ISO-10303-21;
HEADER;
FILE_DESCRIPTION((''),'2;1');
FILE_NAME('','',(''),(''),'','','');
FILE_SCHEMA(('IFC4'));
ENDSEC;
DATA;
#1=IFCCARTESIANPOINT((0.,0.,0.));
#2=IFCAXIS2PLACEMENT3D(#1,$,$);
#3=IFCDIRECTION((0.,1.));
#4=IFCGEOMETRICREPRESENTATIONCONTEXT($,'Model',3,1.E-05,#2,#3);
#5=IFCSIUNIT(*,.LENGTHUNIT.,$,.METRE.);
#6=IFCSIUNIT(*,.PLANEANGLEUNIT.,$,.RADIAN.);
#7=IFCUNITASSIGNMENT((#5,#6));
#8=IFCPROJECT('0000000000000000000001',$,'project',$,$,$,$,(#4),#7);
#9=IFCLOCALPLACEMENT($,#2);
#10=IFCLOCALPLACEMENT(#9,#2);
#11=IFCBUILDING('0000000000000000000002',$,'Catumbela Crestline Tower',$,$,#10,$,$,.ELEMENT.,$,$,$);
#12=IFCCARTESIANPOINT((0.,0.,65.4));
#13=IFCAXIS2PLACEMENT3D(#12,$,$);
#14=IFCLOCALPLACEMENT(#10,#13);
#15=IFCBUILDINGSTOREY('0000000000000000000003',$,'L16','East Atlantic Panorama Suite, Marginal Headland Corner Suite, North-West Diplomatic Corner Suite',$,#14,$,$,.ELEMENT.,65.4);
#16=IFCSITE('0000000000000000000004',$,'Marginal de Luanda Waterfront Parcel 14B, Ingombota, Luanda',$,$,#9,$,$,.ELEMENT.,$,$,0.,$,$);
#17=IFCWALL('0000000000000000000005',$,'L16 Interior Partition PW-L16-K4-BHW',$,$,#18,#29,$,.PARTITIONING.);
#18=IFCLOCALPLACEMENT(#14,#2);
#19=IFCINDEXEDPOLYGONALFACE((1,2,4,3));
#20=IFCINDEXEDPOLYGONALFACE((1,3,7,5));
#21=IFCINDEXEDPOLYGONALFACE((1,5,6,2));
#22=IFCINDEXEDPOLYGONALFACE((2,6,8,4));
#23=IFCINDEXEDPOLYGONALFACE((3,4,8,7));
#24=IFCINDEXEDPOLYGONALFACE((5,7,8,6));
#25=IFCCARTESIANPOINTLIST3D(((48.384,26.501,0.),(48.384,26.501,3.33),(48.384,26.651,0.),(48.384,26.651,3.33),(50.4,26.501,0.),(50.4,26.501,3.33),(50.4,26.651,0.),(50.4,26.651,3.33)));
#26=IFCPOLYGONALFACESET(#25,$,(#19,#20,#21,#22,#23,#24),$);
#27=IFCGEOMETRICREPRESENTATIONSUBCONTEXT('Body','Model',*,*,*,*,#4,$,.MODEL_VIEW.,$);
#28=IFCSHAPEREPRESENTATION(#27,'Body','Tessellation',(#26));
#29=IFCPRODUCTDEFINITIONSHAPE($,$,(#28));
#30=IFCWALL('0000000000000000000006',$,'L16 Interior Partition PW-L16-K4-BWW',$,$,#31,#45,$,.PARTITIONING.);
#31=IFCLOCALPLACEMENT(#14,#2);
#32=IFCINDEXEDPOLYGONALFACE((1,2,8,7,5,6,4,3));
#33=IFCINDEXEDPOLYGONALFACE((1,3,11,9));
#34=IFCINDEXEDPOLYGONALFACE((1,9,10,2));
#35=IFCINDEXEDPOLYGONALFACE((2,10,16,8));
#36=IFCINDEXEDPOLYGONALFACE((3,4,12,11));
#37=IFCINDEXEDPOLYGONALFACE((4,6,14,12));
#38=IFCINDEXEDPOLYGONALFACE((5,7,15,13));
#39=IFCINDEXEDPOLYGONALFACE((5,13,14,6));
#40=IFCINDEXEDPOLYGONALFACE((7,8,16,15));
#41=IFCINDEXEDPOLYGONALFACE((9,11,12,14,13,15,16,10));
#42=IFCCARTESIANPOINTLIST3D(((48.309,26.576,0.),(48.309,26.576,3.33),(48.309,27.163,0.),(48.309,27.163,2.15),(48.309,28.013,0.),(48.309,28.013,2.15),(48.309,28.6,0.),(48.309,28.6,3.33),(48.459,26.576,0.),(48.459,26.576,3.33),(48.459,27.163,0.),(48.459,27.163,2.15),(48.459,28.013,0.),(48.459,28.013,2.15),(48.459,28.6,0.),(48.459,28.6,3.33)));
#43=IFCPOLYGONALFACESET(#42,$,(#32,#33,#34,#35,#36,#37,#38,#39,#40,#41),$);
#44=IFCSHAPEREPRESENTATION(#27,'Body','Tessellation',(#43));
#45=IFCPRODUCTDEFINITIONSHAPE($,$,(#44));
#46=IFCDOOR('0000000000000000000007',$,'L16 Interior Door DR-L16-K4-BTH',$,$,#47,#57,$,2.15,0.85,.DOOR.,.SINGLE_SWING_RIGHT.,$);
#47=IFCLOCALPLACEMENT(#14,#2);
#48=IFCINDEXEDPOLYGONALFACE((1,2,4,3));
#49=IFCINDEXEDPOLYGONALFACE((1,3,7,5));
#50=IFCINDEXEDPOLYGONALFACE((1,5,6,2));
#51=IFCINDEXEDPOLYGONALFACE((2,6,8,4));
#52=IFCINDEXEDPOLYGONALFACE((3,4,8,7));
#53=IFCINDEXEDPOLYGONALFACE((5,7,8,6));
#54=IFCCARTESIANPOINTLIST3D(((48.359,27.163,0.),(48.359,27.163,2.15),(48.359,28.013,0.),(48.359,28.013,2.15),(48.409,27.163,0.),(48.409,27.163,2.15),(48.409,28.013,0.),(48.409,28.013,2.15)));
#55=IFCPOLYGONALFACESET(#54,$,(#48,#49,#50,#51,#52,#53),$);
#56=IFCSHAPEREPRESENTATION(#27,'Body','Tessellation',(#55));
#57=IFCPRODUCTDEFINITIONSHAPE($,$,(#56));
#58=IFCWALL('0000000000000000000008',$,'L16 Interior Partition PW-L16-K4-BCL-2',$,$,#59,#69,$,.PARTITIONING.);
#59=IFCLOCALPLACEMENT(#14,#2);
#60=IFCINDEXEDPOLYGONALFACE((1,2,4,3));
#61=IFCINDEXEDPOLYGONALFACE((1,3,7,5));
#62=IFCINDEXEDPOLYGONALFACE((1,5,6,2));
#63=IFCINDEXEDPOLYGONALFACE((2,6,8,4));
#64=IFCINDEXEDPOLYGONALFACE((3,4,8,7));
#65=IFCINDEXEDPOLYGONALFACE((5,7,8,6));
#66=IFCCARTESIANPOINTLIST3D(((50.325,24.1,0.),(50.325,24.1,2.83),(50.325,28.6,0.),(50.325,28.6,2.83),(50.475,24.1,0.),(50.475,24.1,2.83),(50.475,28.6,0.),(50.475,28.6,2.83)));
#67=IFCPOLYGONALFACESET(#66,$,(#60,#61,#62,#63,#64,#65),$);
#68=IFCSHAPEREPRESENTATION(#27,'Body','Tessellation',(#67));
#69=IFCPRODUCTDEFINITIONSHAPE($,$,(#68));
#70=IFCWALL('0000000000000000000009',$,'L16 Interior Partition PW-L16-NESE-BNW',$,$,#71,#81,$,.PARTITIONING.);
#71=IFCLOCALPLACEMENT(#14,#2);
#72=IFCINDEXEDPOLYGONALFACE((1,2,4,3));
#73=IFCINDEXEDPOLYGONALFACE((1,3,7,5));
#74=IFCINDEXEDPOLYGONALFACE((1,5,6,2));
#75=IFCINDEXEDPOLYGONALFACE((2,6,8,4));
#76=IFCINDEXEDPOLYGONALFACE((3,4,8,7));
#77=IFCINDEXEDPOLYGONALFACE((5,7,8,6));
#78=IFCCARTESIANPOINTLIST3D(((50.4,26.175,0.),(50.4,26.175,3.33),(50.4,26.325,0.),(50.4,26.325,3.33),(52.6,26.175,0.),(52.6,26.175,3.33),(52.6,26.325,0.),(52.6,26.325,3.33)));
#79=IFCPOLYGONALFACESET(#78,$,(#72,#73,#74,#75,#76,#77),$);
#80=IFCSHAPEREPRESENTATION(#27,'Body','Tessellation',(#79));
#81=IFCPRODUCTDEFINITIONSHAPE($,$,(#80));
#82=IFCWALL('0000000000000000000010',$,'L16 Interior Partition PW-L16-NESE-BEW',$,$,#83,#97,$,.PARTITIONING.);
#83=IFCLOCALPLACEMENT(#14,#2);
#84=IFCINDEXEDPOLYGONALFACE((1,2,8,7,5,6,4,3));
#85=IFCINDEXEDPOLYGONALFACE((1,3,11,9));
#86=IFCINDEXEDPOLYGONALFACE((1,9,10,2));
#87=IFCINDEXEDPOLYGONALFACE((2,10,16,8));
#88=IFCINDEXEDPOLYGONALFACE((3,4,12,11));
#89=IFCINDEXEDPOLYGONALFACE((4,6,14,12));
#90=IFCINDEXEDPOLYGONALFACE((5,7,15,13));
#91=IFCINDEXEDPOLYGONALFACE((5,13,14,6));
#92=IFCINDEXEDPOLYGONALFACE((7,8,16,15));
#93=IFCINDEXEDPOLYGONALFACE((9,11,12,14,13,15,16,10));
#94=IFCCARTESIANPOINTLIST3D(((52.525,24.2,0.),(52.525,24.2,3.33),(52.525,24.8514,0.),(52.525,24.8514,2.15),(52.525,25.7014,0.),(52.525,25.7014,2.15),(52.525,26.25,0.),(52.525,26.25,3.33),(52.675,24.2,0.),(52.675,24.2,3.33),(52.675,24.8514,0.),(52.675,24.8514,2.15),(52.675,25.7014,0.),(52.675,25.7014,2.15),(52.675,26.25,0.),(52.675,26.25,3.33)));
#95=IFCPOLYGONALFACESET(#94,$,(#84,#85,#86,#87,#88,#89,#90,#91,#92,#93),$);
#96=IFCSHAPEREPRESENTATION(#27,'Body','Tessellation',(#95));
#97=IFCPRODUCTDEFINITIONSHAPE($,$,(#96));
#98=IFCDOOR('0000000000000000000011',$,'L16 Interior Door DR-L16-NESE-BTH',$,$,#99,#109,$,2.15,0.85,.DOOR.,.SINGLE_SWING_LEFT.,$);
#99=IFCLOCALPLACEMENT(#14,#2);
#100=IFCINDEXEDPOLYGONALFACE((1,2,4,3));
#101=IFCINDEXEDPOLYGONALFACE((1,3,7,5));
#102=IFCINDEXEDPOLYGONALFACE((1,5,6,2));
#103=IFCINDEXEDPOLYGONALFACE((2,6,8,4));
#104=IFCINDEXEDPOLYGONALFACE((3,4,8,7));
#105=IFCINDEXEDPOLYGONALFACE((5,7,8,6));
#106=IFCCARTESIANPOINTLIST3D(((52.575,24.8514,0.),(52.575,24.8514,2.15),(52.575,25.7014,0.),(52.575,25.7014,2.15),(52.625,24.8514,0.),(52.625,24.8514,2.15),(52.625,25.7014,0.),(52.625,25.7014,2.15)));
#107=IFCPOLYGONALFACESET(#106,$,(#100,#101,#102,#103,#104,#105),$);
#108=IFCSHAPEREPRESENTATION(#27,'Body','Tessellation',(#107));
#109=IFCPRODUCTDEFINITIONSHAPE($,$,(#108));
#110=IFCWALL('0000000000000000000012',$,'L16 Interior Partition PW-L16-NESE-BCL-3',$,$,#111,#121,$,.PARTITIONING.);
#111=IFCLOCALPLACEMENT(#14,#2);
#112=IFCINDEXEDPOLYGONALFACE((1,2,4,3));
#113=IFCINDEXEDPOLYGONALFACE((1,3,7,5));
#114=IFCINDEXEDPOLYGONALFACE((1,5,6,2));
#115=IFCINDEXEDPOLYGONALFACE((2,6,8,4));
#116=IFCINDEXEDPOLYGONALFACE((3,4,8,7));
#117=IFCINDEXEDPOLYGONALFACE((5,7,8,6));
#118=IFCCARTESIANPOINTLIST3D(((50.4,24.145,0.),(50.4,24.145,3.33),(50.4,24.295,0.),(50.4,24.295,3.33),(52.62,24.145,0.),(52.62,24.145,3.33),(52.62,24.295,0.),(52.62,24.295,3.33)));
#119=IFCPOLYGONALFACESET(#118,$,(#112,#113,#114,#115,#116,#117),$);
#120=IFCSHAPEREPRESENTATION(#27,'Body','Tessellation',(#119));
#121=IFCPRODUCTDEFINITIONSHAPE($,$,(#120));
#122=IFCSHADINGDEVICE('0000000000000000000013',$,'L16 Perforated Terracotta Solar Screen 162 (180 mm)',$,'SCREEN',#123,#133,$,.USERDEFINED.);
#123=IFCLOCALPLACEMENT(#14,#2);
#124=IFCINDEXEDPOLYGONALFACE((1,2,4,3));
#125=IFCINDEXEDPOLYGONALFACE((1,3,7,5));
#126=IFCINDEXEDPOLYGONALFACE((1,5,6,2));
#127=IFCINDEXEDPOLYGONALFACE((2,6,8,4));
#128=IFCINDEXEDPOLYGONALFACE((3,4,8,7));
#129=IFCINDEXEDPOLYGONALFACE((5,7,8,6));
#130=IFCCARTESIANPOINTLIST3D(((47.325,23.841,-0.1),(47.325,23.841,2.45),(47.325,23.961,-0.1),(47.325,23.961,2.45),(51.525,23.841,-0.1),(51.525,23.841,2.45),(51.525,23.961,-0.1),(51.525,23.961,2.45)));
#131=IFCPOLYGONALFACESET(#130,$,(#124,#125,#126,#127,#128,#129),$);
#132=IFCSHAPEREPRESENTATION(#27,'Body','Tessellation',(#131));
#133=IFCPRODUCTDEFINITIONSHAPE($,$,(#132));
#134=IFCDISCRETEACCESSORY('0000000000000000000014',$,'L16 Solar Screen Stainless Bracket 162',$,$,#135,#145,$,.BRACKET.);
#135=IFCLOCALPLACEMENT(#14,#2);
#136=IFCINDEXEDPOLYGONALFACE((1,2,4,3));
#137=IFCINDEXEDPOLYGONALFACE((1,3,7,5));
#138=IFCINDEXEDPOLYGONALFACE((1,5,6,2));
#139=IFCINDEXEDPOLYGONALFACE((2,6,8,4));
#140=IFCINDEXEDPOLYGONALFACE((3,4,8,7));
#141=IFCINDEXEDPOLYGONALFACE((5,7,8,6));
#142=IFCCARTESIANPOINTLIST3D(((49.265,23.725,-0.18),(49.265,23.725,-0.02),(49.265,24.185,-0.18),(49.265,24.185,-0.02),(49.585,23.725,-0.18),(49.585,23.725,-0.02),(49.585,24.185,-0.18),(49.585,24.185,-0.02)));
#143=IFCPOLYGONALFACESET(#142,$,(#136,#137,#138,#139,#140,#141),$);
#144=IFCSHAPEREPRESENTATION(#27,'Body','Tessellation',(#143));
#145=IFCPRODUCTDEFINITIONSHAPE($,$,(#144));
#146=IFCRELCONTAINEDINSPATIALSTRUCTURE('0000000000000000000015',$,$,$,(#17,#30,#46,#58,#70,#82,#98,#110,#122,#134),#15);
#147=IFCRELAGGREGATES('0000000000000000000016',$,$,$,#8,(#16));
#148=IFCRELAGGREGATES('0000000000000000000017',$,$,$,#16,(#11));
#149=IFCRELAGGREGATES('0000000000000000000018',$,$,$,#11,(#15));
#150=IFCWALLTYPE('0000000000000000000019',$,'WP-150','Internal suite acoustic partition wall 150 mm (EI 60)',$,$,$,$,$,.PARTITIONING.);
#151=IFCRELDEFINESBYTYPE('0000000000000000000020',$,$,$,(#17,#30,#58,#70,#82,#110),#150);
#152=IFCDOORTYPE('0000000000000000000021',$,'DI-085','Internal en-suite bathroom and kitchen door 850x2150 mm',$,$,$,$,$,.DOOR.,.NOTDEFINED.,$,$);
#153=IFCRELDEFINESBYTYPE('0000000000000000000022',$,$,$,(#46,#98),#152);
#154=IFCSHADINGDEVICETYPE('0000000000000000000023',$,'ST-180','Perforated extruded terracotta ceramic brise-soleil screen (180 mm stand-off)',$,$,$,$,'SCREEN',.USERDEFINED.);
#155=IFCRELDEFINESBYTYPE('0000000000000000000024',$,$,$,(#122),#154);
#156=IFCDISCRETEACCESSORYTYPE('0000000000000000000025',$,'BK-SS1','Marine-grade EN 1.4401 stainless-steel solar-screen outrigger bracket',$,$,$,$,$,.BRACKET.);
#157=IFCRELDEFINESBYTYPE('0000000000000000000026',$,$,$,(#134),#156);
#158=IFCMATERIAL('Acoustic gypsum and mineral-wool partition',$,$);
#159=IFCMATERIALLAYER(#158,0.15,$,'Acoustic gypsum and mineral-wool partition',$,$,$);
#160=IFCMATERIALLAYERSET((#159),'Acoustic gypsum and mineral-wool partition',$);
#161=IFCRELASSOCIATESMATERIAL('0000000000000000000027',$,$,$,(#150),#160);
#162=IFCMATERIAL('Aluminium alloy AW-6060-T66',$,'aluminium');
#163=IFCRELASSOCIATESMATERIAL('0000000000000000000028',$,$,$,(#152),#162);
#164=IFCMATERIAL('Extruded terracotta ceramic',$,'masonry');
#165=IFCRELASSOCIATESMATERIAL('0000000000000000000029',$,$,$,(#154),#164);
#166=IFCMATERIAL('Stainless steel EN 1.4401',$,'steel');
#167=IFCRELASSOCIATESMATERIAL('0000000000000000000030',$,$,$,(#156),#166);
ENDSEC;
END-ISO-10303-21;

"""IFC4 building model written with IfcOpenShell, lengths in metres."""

from ifc_helpers import new_model, si_unit, direction, frame, frame_2d, origin, origin_2d, place, context, subcontext, project, spatial, rectangle, extrude, material, layer, layer_set, type_object, element, fill, save


model = new_model("IFC4")

# Units and contexts
model_context = context("Model", 3, precision=1e-05, world=origin(), true_north=direction((0.0, 1.0)))
body_context = subcontext(model_context, "Body", "Model", "MODEL_VIEW")
ifc_project = project(units=[si_unit("LENGTHUNIT", "METRE"), si_unit("PLANEANGLEUNIT", "RADIAN")], contexts=[model_context])

# Site, building, storey
site_placement = place(None, origin())
site = spatial("IfcSite", under=ifc_project, at=site_placement, Name="Marginal de Luanda Waterfront Parcel 14B, Ingombota, Luanda", CompositionType="ELEMENT", RefElevation=0.0)
building_placement = place(site_placement, origin())
building = spatial("IfcBuilding", under=site, at=building_placement, Name="Catumbela Crestline Tower", CompositionType="ELEMENT")
storey_placement = place(building_placement, frame((0.0, 0.0, 65.4)))
storey = spatial("IfcBuildingStorey", under=building, at=storey_placement, Name="L16", Description="East Atlantic Panorama Suite, Marginal Headland Corner Suite, North-West Diplomatic Corner Suite", CompositionType="ELEMENT", Elevation=65.4)

# Shared definitions
ifc_material_1 = material(Name="Aluminium alloy AW-6060-T66", Category="aluminium")

# Shared definitions
ifc_material_2 = material(Name="Acoustic gypsum and mineral-wool partition")

# Wall
ifc_layer_1 = layer(ifc_material_2, 0.15, Name="Acoustic gypsum and mineral-wool partition")
ifc_layer_set_1 = layer_set([ifc_layer_1], Name="Acoustic gypsum and mineral-wool partition")
wall_type_1 = type_object("IfcWallType", Name="WP-150", Description="Internal suite acoustic partition wall 150 mm (EI 60)", PredefinedType="PARTITIONING", material=ifc_layer_set_1)
wall_1_placement = place(storey_placement, frame((48.384, 26.576, 0.0), z_axis=(0.0, 0.0, 1.0), x_axis=(1.0, 0.0, 0.0)))
element("IfcWall", 1, at=wall_1_placement, inside=storey, type_object=wall_type_1, Name="L16 Interior Partition PW-L16-K4-BHW", PredefinedType="PARTITIONING", context=body_context, shape_type="SweptSolid", body=[
    extrude(rectangle(XDim=2.016, YDim=0.15, at=frame_2d((1.008, 0.0))), origin(), (0.0, 0.0, 1.0), 3.33),
])

# Wall, opening, door
wall_2_placement = place(storey_placement, frame((48.384, 26.576, 0.0), z_axis=(0.0, 0.0, 1.0), x_axis=(0.0, 1.0, 0.0)))
wall_2 = element("IfcWall", 2, at=wall_2_placement, inside=storey, type_object=wall_type_1, Name="L16 Interior Partition PW-L16-K4-BWW", PredefinedType="PARTITIONING", context=body_context, shape_type="SweptSolid", body=[
    extrude(rectangle(XDim=2.024, YDim=0.15, at=frame_2d((1.012, 0.0))), origin(), (0.0, 0.0, 1.0), 3.33),
])
opening_1_placement = place(wall_2_placement, frame((0.587, 0.0, 0.0)))
opening_1 = element("IfcOpeningElement", 3, at=opening_1_placement, cuts=wall_2, PredefinedType="OPENING", context=body_context, shape_type="SweptSolid", body=[
    extrude(rectangle(XDim=0.85, YDim=2.15, at=frame_2d((0.425, 1.075))), frame((0.0, 0.085, 0.0), z_axis=(0.0, -1.0, 0.0), x_axis=(1.0, 0.0, 0.0)), (0.0, 0.0, 1.0), 0.17),
])
door_type_1 = type_object("IfcDoorType", Name="DI-085", Description="Internal en-suite bathroom and kitchen door 850x2150 mm", OperationType="NOTDEFINED", PredefinedType="DOOR", material=ifc_material_1)
door_1_placement = place(opening_1_placement, origin())
door_1 = element("IfcDoor", 4, at=door_1_placement, inside=storey, type_object=door_type_1, Name="L16 Interior Door DR-L16-K4-BTH", OperationType="SINGLE_SWING_RIGHT", OverallHeight=2.15, OverallWidth=0.85, PredefinedType="DOOR", context=body_context, shape_type="SweptSolid", body=[
    extrude(rectangle(XDim=0.85, YDim=2.15, at=frame_2d((0.425, 1.075))), frame((0.0, 0.025, 0.0), z_axis=(0.0, -1.0, 0.0), x_axis=(1.0, 0.0, 0.0)), (0.0, 0.0, 1.0), 0.05),
])
fill(opening_1, door_1)

# Walls
wall_3_placement = place(storey_placement, frame((50.4, 28.6, 0.0), z_axis=(0.0, 0.0, 1.0), x_axis=(0.0, -1.0, 0.0)))
element("IfcWall", 5, at=wall_3_placement, inside=storey, type_object=wall_type_1, Name="L16 Interior Partition PW-L16-K4-BCL-2", PredefinedType="PARTITIONING", context=body_context, shape_type="SweptSolid", body=[
    extrude(rectangle(XDim=4.5, YDim=0.15, at=frame_2d((2.25, 0.0))), origin(), (0.0, 0.0, 1.0), 2.83),
])
wall_4_placement = place(storey_placement, frame((50.4, 26.25, 0.0), z_axis=(0.0, 0.0, 1.0), x_axis=(1.0, 0.0, 0.0)))
element("IfcWall", 6, at=wall_4_placement, inside=storey, type_object=wall_type_1, Name="L16 Interior Partition PW-L16-NESE-BNW", PredefinedType="PARTITIONING", context=body_context, shape_type="SweptSolid", body=[
    extrude(rectangle(XDim=2.2, YDim=0.15, at=frame_2d((1.1, 0.0))), origin(), (0.0, 0.0, 1.0), 3.33),
])

# Wall, opening, door
wall_5_placement = place(storey_placement, frame((52.6, 24.2, 0.0), z_axis=(0.0, 0.0, 1.0), x_axis=(0.0, 1.0, 0.0)))
wall_5 = element("IfcWall", 7, at=wall_5_placement, inside=storey, type_object=wall_type_1, Name="L16 Interior Partition PW-L16-NESE-BEW", PredefinedType="PARTITIONING", context=body_context, shape_type="SweptSolid", body=[
    extrude(rectangle(XDim=2.05, YDim=0.15, at=frame_2d((1.025, 0.0))), origin(), (0.0, 0.0, 1.0), 3.33),
])
opening_2_placement = place(wall_5_placement, frame((0.6514, 0.0, 0.0)))
opening_2 = element("IfcOpeningElement", 8, at=opening_2_placement, cuts=wall_5, PredefinedType="OPENING", context=body_context, shape_type="SweptSolid", body=[
    extrude(rectangle(XDim=0.85, YDim=2.15, at=frame_2d((0.425, 1.075))), frame((0.0, 0.085, 0.0), z_axis=(0.0, -1.0, 0.0), x_axis=(1.0, 0.0, 0.0)), (0.0, 0.0, 1.0), 0.17),
])
door_2_placement = place(opening_2_placement, origin())
door_2 = element("IfcDoor", 9, at=door_2_placement, inside=storey, type_object=door_type_1, Name="L16 Interior Door DR-L16-NESE-BTH", OperationType="SINGLE_SWING_LEFT", OverallHeight=2.15, OverallWidth=0.85, PredefinedType="DOOR", context=body_context, shape_type="SweptSolid", body=[
    extrude(rectangle(XDim=0.85, YDim=2.15, at=frame_2d((0.425, 1.075))), frame((0.0, 0.025, 0.0), z_axis=(0.0, -1.0, 0.0), x_axis=(1.0, 0.0, 0.0)), (0.0, 0.0, 1.0), 0.05),
])
fill(opening_2, door_2)

# Wall
wall_6_placement = place(storey_placement, frame((52.62, 24.22, 0.0), z_axis=(0.0, 0.0, 1.0), x_axis=(-1.0, 0.0, 0.0)))
element("IfcWall", 10, at=wall_6_placement, inside=storey, type_object=wall_type_1, Name="L16 Interior Partition PW-L16-NESE-BCL-3", PredefinedType="PARTITIONING", context=body_context, shape_type="SweptSolid", body=[
    extrude(rectangle(XDim=2.22, YDim=0.15, at=frame_2d((1.11, 0.0))), origin(), (0.0, 0.0, 1.0), 3.33),
])

# Shading device
ifc_material_3 = material(Name="Extruded terracotta ceramic", Category="masonry")
shading_device_type = type_object("IfcShadingDeviceType", Name="ST-180", Description="Perforated extruded terracotta ceramic brise-soleil screen (180 mm stand-off)", ElementType="SCREEN", PredefinedType="USERDEFINED", material=ifc_material_3)
shading_device_placement = place(storey_placement, frame((49.425, 23.901, -0.1), z_axis=(0.0, 0.0, 1.0), x_axis=(1.0, 0.0, 0.0)))
element("IfcShadingDevice", 11, at=shading_device_placement, inside=storey, type_object=shading_device_type, Name="L16 Perforated Terracotta Solar Screen 162 (180 mm)", ObjectType="SCREEN", PredefinedType="USERDEFINED", context=body_context, shape_type="SweptSolid", body=[
    extrude(rectangle(XDim=4.2, YDim=0.12, at=origin_2d()), origin(), (0.0, 0.0, 1.0), 2.55),
])

# Discrete accessory
ifc_material_4 = material(Name="Stainless steel EN 1.4401", Category="steel")
discrete_accessory_type = type_object("IfcDiscreteAccessoryType", Name="BK-SS1", Description="Marine-grade EN 1.4401 stainless-steel solar-screen outrigger bracket", PredefinedType="BRACKET", material=ifc_material_4)
discrete_accessory_placement = place(storey_placement, frame((49.425, 23.955, -0.18), z_axis=(0.0, 0.0, 1.0), x_axis=(1.0, 0.0, 0.0)))
element("IfcDiscreteAccessory", 12, at=discrete_accessory_placement, inside=storey, type_object=discrete_accessory_type, Name="L16 Solar Screen Stainless Bracket 162", PredefinedType="BRACKET", context=body_context, shape_type="SweptSolid", body=[
    extrude(rectangle(XDim=0.32, YDim=0.46, at=origin_2d()), origin(), (0.0, 0.0, 1.0), 0.16),
])

save(model, "model.ifc")
